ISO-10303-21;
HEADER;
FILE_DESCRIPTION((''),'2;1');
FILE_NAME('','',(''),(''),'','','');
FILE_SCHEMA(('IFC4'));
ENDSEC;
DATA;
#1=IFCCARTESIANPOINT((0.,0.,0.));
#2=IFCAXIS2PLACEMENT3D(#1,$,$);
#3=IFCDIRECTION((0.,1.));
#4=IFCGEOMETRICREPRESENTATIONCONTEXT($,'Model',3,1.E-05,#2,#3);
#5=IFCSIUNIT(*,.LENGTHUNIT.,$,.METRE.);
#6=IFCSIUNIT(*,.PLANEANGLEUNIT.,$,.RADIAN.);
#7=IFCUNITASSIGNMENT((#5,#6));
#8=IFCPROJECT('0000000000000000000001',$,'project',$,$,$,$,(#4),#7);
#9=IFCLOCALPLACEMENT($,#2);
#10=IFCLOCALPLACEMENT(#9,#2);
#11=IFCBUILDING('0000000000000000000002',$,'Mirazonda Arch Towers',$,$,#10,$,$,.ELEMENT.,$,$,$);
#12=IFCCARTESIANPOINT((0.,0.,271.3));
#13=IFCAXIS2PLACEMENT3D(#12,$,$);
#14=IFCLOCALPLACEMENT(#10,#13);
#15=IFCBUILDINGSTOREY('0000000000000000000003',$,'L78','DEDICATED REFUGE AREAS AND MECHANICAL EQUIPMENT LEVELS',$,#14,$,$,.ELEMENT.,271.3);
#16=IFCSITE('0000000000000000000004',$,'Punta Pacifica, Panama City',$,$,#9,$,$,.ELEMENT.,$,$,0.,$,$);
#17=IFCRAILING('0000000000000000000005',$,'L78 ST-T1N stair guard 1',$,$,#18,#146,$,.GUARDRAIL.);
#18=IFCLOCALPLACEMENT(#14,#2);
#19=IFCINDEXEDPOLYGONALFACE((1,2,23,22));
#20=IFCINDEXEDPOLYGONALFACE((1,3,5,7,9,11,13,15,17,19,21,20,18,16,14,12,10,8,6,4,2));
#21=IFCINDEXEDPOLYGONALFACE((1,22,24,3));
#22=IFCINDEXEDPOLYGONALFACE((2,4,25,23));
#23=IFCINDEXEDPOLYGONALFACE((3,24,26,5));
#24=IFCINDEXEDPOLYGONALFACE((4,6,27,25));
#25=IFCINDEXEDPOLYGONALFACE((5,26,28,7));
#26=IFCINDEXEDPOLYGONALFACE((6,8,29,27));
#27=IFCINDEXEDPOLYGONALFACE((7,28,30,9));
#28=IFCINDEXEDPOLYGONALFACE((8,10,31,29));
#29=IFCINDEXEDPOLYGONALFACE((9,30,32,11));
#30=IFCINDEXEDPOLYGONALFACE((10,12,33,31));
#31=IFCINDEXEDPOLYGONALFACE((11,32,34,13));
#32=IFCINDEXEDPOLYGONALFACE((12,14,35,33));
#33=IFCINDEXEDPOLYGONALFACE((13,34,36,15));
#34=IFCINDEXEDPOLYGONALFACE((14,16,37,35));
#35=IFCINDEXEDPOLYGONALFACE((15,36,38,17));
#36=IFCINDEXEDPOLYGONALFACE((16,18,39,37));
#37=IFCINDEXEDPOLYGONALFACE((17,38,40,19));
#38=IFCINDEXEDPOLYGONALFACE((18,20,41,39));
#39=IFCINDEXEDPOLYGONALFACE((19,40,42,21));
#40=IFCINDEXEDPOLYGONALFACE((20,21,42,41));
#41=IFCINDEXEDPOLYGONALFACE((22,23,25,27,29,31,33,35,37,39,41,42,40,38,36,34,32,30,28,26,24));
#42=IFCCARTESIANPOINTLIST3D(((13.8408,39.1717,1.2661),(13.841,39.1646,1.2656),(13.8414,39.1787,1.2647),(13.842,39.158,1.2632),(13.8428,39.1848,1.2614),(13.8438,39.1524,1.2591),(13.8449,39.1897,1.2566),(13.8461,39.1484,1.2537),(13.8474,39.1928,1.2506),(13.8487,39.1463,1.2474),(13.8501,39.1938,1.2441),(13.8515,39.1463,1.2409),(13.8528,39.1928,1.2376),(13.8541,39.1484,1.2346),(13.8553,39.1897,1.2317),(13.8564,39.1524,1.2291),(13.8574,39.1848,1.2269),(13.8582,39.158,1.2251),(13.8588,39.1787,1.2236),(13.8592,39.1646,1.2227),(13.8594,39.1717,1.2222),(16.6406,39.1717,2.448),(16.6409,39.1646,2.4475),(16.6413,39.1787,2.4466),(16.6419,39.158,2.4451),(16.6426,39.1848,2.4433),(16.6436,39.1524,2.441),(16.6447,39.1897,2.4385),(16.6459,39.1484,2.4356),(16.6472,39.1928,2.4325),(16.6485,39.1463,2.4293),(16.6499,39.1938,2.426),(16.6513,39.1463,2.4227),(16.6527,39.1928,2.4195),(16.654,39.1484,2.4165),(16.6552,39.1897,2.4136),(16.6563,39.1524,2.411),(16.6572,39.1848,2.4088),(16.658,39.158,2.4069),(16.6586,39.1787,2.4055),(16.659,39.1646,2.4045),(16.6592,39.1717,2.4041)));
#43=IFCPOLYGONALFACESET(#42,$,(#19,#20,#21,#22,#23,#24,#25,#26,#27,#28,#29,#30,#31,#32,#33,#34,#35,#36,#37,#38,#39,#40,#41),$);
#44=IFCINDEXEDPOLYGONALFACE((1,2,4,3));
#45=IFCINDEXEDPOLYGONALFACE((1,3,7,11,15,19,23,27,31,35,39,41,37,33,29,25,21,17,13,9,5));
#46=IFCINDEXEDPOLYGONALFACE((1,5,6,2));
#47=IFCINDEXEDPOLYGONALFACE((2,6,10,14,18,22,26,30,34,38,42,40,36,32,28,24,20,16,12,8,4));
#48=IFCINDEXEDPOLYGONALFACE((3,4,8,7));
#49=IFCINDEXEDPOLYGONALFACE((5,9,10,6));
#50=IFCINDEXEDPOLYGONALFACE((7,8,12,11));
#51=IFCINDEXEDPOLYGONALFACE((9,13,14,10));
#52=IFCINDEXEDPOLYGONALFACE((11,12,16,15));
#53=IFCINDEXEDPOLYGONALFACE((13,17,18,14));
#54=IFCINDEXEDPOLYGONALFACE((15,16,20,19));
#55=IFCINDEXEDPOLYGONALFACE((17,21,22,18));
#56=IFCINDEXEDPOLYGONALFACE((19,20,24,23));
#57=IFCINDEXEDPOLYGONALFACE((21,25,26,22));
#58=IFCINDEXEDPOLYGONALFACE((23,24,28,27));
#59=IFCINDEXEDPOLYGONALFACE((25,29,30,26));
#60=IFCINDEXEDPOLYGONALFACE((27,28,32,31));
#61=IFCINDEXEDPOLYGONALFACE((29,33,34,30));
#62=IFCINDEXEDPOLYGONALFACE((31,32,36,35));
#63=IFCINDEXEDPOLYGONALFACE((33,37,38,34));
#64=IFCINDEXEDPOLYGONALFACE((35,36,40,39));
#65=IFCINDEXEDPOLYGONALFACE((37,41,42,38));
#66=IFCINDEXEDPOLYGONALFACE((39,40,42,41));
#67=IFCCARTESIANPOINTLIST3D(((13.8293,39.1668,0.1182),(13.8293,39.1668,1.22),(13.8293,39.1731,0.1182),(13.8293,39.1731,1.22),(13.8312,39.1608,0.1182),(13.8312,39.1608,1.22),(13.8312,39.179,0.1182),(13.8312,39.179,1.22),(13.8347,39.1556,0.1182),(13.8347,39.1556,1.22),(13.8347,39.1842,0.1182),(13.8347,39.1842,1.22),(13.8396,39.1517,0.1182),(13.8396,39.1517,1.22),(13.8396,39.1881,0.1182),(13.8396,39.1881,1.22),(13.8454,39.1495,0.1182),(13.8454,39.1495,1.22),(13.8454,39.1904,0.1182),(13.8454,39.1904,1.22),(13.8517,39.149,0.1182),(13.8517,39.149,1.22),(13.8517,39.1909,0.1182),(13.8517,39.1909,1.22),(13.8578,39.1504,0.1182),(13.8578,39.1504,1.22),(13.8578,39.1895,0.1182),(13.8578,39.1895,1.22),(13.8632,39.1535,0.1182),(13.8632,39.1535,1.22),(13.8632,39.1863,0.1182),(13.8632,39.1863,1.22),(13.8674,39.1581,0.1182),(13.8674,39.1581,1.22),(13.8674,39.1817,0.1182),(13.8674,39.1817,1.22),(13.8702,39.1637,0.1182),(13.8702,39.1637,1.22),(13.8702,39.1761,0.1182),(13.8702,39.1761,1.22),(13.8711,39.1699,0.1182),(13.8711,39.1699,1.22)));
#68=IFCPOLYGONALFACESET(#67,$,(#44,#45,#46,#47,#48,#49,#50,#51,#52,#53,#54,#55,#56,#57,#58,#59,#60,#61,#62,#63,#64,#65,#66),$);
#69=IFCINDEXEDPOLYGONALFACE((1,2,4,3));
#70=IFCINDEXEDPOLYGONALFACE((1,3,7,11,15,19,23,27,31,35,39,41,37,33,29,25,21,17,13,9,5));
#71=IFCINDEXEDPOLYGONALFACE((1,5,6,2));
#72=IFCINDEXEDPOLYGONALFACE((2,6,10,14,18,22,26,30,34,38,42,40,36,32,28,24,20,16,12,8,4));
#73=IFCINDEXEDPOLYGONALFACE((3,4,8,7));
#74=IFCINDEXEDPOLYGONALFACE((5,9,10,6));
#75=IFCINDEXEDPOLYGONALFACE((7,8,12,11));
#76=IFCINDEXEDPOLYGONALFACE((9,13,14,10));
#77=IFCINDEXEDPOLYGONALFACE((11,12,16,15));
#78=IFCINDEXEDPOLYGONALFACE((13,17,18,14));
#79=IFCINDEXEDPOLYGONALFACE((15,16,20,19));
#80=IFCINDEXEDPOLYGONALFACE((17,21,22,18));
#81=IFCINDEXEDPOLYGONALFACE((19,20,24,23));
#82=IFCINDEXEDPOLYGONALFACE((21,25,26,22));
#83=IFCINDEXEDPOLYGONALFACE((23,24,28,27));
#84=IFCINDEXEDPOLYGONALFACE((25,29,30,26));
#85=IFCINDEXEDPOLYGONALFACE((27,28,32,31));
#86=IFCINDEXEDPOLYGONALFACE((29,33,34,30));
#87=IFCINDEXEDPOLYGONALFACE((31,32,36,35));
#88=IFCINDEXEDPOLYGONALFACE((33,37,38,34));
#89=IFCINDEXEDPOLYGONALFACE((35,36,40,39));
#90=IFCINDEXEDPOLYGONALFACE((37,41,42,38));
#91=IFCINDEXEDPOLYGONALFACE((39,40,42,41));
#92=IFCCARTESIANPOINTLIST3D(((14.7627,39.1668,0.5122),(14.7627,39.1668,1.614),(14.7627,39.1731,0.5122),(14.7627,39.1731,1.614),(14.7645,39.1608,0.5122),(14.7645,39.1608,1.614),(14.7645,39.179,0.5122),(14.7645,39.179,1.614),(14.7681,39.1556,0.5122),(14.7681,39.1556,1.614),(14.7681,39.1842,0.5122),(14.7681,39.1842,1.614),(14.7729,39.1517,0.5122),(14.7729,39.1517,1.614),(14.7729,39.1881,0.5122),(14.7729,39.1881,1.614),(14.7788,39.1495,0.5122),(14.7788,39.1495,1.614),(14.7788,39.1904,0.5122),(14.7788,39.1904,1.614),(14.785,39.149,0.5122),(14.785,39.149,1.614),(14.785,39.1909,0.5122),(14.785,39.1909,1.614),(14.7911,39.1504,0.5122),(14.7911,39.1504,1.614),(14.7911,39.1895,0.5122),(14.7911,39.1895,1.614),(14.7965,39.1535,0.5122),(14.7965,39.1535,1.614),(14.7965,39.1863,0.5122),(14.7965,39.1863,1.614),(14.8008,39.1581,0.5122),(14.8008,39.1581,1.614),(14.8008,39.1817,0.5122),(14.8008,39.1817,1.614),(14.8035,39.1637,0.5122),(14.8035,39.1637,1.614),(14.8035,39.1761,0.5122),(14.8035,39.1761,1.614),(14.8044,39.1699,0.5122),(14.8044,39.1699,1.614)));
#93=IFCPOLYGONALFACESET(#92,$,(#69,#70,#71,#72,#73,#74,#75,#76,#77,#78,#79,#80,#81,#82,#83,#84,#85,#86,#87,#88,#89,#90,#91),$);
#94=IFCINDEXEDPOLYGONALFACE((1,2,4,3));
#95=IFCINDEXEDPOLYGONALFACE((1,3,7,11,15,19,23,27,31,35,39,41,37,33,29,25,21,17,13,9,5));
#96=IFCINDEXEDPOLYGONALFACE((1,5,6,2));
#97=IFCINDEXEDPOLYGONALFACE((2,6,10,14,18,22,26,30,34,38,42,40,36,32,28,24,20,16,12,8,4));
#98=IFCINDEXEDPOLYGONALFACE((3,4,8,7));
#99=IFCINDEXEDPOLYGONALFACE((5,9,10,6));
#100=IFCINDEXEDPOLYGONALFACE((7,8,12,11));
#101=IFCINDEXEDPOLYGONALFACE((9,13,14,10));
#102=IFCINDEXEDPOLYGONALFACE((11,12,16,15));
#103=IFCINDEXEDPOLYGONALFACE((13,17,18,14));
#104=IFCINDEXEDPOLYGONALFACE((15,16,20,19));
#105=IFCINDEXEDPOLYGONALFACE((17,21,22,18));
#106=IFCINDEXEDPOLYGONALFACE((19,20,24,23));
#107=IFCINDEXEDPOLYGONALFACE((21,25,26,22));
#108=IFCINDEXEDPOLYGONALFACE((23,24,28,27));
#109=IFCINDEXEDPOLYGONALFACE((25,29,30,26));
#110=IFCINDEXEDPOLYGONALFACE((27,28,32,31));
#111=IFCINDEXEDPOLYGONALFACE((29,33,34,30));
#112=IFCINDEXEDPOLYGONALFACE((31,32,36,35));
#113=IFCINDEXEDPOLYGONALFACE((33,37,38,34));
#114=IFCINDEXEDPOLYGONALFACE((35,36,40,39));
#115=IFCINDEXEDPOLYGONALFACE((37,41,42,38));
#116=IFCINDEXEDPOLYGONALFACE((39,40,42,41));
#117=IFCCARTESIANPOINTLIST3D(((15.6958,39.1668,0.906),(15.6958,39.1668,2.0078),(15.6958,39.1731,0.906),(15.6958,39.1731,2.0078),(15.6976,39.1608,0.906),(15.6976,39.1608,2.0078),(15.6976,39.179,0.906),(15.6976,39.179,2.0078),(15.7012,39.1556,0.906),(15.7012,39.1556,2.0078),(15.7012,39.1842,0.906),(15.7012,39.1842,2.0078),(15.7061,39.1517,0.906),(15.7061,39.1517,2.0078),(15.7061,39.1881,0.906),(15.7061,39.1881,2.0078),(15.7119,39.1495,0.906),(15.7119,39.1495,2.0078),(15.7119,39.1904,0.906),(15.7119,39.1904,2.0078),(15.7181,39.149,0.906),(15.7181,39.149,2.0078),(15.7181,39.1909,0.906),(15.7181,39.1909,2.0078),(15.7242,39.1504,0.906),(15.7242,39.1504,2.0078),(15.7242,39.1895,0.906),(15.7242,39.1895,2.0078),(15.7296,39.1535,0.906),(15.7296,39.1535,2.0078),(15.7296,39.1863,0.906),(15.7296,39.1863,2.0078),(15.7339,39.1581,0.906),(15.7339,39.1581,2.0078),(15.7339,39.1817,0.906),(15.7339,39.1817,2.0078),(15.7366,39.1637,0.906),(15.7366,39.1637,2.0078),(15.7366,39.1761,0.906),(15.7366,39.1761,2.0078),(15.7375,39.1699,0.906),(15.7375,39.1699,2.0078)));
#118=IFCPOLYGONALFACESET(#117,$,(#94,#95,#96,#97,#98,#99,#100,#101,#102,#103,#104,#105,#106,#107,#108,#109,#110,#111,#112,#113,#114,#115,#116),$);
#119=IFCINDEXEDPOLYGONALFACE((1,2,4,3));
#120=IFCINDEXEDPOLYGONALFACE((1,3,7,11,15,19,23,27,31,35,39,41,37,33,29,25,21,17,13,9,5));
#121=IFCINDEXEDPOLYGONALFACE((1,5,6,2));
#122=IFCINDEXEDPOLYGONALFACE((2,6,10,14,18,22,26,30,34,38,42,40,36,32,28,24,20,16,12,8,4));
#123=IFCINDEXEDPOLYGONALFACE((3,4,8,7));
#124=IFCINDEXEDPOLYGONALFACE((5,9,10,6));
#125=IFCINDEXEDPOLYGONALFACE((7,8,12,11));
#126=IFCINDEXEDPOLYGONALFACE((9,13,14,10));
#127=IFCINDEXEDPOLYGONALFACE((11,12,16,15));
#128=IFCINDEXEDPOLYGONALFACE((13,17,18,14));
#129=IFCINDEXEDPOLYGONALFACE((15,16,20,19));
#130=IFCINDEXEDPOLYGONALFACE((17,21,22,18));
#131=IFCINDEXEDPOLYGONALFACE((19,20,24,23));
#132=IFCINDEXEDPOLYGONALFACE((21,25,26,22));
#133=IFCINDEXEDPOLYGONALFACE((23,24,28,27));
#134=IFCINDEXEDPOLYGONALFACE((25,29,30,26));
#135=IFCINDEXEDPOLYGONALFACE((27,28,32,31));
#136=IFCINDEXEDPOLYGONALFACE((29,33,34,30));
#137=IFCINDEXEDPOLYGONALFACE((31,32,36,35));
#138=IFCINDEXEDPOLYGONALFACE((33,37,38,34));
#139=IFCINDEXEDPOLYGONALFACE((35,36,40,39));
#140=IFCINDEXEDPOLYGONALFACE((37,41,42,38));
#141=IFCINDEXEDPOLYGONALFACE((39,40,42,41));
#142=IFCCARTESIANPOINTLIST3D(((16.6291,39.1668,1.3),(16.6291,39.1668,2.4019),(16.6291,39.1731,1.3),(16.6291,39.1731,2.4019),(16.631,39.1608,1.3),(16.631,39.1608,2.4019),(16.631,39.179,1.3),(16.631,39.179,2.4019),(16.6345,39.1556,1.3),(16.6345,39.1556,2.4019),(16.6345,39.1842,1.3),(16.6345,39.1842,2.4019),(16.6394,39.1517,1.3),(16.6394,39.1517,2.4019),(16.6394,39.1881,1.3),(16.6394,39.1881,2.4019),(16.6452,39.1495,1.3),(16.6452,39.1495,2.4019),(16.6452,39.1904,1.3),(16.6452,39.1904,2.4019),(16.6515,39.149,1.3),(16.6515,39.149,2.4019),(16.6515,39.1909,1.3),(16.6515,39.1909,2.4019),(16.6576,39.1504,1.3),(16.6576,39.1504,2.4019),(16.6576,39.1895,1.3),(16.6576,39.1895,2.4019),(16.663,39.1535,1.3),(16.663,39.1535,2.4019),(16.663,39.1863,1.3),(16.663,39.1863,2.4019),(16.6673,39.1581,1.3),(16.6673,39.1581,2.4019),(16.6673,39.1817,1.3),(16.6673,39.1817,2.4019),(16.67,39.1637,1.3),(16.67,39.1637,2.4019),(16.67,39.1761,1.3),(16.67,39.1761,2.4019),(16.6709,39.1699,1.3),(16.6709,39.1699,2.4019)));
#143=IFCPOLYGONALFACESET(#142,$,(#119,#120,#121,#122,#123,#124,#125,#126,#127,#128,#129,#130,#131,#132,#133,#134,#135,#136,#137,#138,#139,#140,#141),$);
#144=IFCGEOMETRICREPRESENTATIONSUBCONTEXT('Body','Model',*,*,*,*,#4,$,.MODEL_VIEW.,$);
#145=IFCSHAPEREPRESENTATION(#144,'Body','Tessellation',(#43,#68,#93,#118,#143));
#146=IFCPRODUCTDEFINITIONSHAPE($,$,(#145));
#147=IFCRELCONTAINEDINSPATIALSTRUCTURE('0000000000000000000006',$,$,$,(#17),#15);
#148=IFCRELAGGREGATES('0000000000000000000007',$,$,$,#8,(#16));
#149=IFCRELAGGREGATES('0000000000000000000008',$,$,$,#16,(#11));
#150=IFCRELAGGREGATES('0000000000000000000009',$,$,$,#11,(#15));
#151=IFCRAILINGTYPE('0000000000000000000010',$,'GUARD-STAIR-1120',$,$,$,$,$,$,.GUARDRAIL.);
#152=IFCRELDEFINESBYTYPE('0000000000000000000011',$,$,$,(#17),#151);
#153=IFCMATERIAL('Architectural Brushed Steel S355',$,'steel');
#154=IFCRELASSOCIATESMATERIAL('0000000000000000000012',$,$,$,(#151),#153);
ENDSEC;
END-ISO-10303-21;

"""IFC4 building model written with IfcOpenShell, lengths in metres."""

from ifc_helpers import new_model, si_unit, direction, frame, origin, origin_2d, place, context, subcontext, project, spatial, circle, extrude, material, type_object, element, save


model = new_model("IFC4")

# Units and contexts
model_context = context("Model", 3, precision=1e-05, world=origin(), true_north=direction((0.0, 1.0)))
body_context = subcontext(model_context, "Body", "Model", "MODEL_VIEW")
ifc_project = project(units=[si_unit("LENGTHUNIT", "METRE"), si_unit("PLANEANGLEUNIT", "RADIAN")], contexts=[model_context])

# Site, building, storey
site_placement = place(None, origin())
site = spatial("IfcSite", under=ifc_project, at=site_placement, Name="Punta Pacifica, Panama City", CompositionType="ELEMENT", RefElevation=0.0)
building_placement = place(site_placement, origin())
building = spatial("IfcBuilding", under=site, at=building_placement, Name="Mirazonda Arch Towers", CompositionType="ELEMENT")
storey_placement = place(building_placement, frame((0.0, 0.0, 271.3)))
storey = spatial("IfcBuildingStorey", under=building, at=storey_placement, Name="L78", Description="DEDICATED REFUGE AREAS AND MECHANICAL EQUIPMENT LEVELS", CompositionType="ELEMENT", Elevation=271.3)

# Shared definitions
ifc_material_1 = material(Name="Architectural Brushed Steel S355", Category="steel")

# Railing
railing_type_1 = type_object("IfcRailingType", Name="GUARD-STAIR-1120", PredefinedType="GUARDRAIL", material=ifc_material_1)
railing_1_placement = place(storey_placement, frame((13.8501, 39.1699, 0.1182)))
element("IfcRailing", 1, at=railing_1_placement, inside=storey, type_object=railing_type_1, Name="L78 ST-T1N stair guard 1", PredefinedType="GUARDRAIL", context=body_context, shape_type="SweptSolid", body=[
    extrude(circle(Radius=0.0239, at=origin_2d()), frame((0.0, 0.0, 1.126), z_axis=(0.92128, 0.0, 0.388901), x_axis=(0.0, 1.0, 0.0)), (0.0, 0.0, 1.0), 3.0391),
    extrude(circle(Radius=0.021, at=origin_2d()), origin(), (0.0, 0.0, 1.0), 1.1018),
    extrude(circle(Radius=0.021, at=origin_2d()), frame((0.9333, 0.0, 0.394)), (0.0, 0.0, 1.0), 1.1018),
    extrude(circle(Radius=0.021, at=origin_2d()), frame((1.8665, 0.0, 0.7878)), (0.0, 0.0, 1.0), 1.1018),
    extrude(circle(Radius=0.021, at=origin_2d()), frame((2.7998, 0.0, 1.1819)), (0.0, 0.0, 1.0), 1.1018),
])

save(model, "model.ifc")
